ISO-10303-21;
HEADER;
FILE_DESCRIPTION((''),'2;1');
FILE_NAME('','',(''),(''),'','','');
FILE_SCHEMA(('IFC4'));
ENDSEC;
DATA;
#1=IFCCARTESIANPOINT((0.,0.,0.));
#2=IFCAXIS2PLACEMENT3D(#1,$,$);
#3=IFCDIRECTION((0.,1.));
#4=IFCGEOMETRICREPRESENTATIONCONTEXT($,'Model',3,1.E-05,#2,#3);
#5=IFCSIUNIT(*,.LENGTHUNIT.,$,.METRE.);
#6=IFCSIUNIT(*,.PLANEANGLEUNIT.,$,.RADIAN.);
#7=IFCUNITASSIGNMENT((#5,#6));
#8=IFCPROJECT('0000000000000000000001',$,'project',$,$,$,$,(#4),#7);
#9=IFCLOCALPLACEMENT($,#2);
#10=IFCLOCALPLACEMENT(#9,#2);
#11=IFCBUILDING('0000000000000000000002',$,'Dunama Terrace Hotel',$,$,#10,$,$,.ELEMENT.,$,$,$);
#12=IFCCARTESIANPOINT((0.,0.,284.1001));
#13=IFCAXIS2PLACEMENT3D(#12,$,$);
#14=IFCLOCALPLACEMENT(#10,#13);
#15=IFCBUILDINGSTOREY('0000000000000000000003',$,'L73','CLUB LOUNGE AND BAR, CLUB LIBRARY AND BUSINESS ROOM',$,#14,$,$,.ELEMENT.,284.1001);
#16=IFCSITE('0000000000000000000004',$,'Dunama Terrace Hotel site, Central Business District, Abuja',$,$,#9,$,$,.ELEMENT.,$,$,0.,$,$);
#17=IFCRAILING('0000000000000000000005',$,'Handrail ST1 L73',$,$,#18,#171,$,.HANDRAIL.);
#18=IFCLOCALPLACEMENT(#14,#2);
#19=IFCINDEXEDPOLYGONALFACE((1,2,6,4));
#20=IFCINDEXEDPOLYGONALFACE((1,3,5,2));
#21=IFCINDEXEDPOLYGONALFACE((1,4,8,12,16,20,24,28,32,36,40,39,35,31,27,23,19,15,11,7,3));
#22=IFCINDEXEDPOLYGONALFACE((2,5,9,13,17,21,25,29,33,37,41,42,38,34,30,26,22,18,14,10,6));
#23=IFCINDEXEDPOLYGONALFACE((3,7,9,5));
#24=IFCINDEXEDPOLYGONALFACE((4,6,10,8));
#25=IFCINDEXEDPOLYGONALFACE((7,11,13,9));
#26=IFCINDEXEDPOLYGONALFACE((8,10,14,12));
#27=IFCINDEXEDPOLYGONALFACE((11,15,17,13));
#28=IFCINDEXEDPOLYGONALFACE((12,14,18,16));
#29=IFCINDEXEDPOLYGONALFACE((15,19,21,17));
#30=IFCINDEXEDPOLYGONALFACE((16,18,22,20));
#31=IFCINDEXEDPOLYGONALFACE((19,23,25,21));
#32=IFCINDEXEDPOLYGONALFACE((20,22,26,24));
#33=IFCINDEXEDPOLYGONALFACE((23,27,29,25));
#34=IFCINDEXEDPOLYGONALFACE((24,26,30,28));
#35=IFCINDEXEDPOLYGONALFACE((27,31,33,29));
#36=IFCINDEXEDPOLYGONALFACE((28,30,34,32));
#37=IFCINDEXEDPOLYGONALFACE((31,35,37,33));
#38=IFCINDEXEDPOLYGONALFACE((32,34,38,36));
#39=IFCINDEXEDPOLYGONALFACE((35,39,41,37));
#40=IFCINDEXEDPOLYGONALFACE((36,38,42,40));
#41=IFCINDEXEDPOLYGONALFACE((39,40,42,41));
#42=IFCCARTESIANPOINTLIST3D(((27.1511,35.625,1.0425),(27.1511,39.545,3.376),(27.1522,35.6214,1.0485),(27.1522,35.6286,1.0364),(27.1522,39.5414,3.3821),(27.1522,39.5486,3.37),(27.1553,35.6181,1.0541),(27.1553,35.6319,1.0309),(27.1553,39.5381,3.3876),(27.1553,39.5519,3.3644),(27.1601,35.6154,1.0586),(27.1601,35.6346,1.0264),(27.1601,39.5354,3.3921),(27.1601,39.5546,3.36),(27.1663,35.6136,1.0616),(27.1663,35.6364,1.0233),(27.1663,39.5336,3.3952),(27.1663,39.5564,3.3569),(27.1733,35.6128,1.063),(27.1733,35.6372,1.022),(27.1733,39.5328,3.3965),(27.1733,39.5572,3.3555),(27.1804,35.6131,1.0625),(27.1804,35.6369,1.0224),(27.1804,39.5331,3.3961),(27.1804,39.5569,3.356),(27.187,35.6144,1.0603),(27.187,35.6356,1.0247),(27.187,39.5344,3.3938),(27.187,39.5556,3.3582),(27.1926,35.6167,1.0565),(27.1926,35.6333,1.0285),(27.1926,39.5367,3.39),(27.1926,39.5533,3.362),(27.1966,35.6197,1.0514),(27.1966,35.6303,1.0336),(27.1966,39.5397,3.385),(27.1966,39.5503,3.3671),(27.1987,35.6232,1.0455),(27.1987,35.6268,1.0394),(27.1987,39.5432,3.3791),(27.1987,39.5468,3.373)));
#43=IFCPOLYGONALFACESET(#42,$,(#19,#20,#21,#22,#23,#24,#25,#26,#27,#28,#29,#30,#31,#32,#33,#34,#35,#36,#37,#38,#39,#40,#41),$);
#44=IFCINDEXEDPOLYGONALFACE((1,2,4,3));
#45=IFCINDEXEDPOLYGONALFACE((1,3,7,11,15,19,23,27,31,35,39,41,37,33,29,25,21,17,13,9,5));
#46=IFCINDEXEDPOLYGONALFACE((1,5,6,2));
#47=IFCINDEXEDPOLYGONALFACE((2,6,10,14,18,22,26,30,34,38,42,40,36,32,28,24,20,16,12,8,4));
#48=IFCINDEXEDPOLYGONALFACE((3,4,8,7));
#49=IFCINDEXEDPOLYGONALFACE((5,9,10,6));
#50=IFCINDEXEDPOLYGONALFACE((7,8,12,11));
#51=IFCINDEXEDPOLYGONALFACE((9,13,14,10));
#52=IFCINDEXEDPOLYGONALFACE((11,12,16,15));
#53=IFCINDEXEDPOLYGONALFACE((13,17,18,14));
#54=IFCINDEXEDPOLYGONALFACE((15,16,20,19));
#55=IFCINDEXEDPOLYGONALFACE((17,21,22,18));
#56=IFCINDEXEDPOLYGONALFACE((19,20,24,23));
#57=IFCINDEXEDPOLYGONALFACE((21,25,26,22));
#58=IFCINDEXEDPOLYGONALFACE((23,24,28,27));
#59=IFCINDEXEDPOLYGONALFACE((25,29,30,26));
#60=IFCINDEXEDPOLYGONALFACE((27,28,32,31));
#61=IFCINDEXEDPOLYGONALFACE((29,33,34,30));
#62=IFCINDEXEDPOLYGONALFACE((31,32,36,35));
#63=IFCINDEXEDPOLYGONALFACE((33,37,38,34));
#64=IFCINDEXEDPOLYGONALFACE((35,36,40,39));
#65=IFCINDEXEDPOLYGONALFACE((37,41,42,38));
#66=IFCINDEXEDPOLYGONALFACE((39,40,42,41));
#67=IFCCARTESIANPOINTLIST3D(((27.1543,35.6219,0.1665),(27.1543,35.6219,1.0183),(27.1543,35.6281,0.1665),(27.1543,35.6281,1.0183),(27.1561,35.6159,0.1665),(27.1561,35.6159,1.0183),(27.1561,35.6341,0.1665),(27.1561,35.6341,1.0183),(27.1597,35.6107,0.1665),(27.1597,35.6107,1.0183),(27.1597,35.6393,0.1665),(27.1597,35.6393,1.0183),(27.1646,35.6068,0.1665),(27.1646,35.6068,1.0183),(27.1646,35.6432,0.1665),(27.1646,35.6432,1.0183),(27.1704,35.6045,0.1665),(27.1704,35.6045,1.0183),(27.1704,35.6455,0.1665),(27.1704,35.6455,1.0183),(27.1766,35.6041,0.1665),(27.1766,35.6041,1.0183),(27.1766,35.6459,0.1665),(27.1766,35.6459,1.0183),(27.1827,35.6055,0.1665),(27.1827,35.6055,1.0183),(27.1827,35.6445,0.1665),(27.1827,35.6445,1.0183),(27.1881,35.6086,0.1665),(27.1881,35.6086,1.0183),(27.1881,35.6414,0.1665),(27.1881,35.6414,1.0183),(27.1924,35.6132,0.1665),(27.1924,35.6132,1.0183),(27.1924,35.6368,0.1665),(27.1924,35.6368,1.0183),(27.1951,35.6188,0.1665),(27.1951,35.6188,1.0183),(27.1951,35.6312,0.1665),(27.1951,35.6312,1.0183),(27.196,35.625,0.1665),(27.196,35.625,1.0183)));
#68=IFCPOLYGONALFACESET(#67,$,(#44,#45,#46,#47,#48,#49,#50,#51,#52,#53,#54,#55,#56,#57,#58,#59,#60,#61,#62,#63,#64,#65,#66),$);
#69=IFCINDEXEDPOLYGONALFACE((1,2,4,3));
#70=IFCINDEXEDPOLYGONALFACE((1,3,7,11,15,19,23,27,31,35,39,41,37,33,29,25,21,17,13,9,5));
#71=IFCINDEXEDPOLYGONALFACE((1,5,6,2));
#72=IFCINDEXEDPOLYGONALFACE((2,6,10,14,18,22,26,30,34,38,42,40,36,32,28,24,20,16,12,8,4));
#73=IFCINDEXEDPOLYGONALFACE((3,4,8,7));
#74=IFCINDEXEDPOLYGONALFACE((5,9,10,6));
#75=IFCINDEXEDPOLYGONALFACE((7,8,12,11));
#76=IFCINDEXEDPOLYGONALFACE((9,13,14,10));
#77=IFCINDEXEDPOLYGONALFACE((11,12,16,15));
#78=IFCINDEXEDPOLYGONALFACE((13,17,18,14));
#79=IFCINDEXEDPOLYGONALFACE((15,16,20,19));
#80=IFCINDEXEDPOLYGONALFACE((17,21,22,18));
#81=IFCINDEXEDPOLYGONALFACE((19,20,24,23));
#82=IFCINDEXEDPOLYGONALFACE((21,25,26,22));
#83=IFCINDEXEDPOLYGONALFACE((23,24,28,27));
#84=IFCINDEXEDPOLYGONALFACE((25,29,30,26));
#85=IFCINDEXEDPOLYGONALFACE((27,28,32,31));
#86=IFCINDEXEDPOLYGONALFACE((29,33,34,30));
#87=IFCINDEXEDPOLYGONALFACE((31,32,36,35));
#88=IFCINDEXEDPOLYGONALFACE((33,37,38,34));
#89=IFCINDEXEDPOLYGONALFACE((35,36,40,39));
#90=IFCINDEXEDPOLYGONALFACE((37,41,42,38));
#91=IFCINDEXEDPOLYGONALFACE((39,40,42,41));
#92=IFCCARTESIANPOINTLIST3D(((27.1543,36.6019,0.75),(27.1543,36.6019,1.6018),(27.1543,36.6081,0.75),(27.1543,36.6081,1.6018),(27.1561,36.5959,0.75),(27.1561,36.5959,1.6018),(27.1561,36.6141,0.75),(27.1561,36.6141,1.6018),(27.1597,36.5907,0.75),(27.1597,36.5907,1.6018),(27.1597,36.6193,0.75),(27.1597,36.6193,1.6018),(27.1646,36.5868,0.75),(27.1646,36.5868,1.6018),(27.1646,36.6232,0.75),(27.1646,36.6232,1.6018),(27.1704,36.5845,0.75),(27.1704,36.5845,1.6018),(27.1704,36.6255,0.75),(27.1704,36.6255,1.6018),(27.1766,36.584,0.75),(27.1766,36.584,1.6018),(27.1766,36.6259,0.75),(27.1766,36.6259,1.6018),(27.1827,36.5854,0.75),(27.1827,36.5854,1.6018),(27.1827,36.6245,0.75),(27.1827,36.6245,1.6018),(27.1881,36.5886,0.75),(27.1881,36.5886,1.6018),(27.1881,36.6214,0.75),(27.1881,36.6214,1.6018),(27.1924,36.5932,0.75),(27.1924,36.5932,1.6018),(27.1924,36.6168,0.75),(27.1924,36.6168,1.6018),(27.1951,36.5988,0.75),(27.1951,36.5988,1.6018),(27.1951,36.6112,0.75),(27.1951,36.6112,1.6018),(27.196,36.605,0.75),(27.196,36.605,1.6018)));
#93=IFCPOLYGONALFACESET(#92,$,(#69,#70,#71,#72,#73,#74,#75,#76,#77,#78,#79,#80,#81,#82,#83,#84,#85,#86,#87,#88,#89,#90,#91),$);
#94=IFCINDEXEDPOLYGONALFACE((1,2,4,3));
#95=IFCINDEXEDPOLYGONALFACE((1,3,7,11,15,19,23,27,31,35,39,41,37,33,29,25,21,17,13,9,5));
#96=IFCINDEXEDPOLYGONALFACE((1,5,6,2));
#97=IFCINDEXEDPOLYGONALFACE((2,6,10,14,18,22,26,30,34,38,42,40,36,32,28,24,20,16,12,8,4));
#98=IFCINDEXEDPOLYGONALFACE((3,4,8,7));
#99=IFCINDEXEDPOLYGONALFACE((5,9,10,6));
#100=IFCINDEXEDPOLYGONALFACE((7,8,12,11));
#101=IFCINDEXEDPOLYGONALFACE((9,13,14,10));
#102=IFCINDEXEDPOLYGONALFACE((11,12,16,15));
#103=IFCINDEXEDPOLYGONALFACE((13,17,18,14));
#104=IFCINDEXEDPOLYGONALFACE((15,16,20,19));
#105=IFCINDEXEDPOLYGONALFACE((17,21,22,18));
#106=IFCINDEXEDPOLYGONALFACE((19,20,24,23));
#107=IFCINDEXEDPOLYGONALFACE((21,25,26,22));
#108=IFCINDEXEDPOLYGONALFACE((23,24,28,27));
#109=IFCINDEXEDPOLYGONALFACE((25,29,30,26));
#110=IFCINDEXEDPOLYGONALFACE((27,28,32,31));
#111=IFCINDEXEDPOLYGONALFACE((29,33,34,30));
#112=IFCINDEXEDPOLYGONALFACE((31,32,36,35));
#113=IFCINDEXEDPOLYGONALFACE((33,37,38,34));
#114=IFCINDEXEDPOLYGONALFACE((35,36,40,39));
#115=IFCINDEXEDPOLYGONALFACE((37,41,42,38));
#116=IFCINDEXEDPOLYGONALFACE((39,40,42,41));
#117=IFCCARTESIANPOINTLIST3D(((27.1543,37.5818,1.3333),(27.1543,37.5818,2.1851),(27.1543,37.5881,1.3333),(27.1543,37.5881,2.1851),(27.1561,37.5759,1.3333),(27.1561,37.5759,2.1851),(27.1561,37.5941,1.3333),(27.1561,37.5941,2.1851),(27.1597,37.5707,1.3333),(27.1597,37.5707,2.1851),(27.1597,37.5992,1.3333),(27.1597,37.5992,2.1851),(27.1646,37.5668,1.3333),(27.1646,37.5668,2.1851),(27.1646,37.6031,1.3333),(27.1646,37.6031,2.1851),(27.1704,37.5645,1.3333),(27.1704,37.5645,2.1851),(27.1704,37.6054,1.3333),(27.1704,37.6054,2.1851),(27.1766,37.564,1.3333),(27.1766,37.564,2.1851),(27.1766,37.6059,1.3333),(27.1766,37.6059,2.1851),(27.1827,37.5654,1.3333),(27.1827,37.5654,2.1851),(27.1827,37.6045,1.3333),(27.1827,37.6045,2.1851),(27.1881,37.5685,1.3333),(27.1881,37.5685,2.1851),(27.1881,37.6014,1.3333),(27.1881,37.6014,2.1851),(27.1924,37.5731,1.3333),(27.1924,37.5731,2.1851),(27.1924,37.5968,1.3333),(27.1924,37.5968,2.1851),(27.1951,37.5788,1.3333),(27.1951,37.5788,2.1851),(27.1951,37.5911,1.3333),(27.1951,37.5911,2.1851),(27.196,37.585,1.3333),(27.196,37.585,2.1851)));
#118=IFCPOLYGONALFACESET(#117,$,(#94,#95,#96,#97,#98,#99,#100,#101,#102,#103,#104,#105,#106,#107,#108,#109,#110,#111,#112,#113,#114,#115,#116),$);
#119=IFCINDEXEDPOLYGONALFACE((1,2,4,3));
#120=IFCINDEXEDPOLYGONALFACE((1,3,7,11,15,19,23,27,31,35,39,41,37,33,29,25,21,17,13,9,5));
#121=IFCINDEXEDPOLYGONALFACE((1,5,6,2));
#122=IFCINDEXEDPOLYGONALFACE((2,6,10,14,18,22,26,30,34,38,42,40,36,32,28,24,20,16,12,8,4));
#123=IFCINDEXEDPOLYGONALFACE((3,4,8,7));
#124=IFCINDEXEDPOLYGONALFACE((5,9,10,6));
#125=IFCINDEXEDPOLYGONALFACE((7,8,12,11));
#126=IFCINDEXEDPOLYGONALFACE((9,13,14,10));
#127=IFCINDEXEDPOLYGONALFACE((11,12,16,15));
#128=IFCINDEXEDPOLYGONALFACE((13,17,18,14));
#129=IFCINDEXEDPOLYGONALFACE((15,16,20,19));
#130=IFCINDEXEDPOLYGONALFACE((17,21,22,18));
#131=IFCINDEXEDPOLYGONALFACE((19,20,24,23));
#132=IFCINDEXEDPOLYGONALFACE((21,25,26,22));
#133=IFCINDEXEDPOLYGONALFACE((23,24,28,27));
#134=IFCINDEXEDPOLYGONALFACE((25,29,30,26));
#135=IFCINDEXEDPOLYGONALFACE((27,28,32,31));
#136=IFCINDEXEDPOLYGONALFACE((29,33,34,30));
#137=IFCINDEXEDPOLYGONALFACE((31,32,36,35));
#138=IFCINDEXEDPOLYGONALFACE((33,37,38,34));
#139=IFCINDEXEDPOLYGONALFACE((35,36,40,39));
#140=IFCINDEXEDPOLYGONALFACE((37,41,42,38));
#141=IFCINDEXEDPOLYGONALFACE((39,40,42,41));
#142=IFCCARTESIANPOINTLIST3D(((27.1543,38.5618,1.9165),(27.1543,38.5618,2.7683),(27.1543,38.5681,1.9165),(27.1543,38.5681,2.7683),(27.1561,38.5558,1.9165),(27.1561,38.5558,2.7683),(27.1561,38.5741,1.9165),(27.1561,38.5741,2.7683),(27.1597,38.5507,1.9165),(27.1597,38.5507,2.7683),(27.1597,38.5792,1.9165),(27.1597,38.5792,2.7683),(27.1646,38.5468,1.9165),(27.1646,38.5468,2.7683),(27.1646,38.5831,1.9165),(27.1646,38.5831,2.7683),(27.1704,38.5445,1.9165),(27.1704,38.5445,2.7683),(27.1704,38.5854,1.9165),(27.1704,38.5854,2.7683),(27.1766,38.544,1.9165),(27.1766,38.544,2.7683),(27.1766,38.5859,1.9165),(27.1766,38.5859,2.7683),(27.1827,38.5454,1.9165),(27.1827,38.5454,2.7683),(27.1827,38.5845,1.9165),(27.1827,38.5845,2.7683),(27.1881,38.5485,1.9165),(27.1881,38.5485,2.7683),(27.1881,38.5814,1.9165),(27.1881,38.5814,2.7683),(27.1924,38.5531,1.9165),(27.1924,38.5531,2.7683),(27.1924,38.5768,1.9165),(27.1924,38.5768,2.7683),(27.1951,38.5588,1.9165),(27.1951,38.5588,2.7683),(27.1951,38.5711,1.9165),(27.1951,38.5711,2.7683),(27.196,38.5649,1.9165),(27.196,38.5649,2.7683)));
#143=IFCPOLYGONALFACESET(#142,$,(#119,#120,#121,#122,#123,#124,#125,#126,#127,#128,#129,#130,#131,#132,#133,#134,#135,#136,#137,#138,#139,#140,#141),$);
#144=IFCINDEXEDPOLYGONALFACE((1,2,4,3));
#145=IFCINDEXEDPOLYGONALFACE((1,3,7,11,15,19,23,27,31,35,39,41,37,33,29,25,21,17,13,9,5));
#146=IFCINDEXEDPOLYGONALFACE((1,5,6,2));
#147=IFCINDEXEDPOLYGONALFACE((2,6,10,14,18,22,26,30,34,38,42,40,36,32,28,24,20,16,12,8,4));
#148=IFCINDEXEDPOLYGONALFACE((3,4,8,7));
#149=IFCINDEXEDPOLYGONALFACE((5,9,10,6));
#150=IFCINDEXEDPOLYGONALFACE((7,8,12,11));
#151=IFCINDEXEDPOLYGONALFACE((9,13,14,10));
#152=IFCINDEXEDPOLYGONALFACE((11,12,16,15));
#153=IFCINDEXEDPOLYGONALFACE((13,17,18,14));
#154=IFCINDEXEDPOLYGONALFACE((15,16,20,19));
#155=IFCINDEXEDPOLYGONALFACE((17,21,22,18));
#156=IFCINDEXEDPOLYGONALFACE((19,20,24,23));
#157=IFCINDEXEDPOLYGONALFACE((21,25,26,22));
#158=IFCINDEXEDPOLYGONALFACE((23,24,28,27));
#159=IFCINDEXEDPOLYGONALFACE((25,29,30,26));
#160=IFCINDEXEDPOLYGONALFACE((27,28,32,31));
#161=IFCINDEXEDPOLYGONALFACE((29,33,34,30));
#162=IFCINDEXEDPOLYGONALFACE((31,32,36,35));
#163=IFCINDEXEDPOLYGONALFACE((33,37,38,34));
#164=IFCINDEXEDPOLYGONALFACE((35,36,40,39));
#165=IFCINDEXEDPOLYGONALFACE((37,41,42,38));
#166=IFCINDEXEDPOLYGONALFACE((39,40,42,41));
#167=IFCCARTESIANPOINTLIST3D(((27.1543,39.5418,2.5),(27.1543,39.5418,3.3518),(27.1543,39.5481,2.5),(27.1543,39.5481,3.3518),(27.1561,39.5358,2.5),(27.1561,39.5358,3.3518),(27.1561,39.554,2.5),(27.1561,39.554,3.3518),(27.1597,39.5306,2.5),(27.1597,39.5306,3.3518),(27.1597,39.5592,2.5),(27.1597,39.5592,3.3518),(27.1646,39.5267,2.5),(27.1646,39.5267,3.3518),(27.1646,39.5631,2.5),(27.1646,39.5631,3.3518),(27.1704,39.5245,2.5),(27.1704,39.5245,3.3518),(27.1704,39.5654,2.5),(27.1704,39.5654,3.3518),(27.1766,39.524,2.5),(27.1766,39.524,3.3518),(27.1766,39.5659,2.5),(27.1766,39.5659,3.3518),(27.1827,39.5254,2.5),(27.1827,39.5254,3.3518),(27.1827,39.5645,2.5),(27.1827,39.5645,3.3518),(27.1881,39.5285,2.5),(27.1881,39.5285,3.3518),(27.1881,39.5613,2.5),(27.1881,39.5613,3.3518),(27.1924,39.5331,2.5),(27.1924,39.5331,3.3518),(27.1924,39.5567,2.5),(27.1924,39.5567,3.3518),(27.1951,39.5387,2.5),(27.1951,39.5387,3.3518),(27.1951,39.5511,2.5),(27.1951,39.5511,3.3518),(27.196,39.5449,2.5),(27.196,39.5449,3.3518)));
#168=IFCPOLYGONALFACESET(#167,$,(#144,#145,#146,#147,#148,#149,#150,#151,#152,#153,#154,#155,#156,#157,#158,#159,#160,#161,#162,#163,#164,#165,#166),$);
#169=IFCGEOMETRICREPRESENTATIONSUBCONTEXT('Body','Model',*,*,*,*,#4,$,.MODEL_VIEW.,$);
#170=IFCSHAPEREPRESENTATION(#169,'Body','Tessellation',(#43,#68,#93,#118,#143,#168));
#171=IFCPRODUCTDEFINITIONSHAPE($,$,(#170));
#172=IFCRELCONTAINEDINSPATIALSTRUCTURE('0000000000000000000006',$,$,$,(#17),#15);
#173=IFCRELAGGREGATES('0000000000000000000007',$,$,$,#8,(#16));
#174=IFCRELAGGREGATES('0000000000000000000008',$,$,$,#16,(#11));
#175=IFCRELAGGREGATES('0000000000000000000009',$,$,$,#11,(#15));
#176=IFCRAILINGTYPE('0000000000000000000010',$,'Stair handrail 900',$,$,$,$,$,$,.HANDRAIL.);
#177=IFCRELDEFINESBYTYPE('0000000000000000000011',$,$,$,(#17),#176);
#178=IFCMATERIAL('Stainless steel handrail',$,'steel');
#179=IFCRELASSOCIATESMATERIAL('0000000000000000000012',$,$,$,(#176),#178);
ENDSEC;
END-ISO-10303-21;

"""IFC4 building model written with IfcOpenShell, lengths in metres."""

from ifc_helpers import new_model, si_unit, direction, frame, origin, origin_2d, place, context, subcontext, project, spatial, circle, extrude, material, type_object, element, save


model = new_model("IFC4")

# Units and contexts
model_context = context("Model", 3, precision=1e-05, world=origin(), true_north=direction((0.0, 1.0)))
body_context = subcontext(model_context, "Body", "Model", "MODEL_VIEW")
ifc_project = project(units=[si_unit("LENGTHUNIT", "METRE"), si_unit("PLANEANGLEUNIT", "RADIAN")], contexts=[model_context])

# Site, building, storey
site_placement = place(None, origin())
site = spatial("IfcSite", under=ifc_project, at=site_placement, Name="Dunama Terrace Hotel site, Central Business District, Abuja", CompositionType="ELEMENT", RefElevation=0.0)
building_placement = place(site_placement, origin())
building = spatial("IfcBuilding", under=site, at=building_placement, Name="Dunama Terrace Hotel", CompositionType="ELEMENT")
storey_placement = place(building_placement, frame((0.0, 0.0, 284.1001)))
storey = spatial("IfcBuildingStorey", under=building, at=storey_placement, Name="L73", Description="CLUB LOUNGE AND BAR, CLUB LIBRARY AND BUSINESS ROOM", CompositionType="ELEMENT", Elevation=284.1001)

# Railing
ifc_material_1 = material(Name="Stainless steel handrail", Category="steel")
railing_type = type_object("IfcRailingType", Name="Stair handrail 900", PredefinedType="HANDRAIL", material=ifc_material_1)
railing_1_placement = place(storey_placement, frame((27.175, 35.625, 0.1665)))
element("IfcRailing", 1, at=railing_1_placement, inside=storey, type_object=railing_type, Name="Handrail ST1 L73", PredefinedType="HANDRAIL", context=body_context, shape_type="SweptSolid", body=[
    extrude(circle(Radius=0.0239, at=origin_2d()), frame((0.0, 0.0, 0.876), z_axis=(0.0, 0.859273, 0.511518), x_axis=(-1.0, 0.0, 0.0)), (0.0, 0.0, 1.0), 4.562),
    extrude(circle(Radius=0.021, at=origin_2d()), origin(), (0.0, 0.0, 1.0), 0.8518),
    extrude(circle(Radius=0.021, at=origin_2d()), frame((0.0, 0.98, 0.5835)), (0.0, 0.0, 1.0), 0.8518),
    extrude(circle(Radius=0.021, at=origin_2d()), frame((0.0, 1.96, 1.1667)), (0.0, 0.0, 1.0), 0.8518),
    extrude(circle(Radius=0.021, at=origin_2d()), frame((0.0, 2.9399, 1.75)), (0.0, 0.0, 1.0), 0.8518),
    extrude(circle(Radius=0.021, at=origin_2d()), frame((0.0, 3.9199, 2.3335)), (0.0, 0.0, 1.0), 0.8518),
])

save(model, "model.ifc")
